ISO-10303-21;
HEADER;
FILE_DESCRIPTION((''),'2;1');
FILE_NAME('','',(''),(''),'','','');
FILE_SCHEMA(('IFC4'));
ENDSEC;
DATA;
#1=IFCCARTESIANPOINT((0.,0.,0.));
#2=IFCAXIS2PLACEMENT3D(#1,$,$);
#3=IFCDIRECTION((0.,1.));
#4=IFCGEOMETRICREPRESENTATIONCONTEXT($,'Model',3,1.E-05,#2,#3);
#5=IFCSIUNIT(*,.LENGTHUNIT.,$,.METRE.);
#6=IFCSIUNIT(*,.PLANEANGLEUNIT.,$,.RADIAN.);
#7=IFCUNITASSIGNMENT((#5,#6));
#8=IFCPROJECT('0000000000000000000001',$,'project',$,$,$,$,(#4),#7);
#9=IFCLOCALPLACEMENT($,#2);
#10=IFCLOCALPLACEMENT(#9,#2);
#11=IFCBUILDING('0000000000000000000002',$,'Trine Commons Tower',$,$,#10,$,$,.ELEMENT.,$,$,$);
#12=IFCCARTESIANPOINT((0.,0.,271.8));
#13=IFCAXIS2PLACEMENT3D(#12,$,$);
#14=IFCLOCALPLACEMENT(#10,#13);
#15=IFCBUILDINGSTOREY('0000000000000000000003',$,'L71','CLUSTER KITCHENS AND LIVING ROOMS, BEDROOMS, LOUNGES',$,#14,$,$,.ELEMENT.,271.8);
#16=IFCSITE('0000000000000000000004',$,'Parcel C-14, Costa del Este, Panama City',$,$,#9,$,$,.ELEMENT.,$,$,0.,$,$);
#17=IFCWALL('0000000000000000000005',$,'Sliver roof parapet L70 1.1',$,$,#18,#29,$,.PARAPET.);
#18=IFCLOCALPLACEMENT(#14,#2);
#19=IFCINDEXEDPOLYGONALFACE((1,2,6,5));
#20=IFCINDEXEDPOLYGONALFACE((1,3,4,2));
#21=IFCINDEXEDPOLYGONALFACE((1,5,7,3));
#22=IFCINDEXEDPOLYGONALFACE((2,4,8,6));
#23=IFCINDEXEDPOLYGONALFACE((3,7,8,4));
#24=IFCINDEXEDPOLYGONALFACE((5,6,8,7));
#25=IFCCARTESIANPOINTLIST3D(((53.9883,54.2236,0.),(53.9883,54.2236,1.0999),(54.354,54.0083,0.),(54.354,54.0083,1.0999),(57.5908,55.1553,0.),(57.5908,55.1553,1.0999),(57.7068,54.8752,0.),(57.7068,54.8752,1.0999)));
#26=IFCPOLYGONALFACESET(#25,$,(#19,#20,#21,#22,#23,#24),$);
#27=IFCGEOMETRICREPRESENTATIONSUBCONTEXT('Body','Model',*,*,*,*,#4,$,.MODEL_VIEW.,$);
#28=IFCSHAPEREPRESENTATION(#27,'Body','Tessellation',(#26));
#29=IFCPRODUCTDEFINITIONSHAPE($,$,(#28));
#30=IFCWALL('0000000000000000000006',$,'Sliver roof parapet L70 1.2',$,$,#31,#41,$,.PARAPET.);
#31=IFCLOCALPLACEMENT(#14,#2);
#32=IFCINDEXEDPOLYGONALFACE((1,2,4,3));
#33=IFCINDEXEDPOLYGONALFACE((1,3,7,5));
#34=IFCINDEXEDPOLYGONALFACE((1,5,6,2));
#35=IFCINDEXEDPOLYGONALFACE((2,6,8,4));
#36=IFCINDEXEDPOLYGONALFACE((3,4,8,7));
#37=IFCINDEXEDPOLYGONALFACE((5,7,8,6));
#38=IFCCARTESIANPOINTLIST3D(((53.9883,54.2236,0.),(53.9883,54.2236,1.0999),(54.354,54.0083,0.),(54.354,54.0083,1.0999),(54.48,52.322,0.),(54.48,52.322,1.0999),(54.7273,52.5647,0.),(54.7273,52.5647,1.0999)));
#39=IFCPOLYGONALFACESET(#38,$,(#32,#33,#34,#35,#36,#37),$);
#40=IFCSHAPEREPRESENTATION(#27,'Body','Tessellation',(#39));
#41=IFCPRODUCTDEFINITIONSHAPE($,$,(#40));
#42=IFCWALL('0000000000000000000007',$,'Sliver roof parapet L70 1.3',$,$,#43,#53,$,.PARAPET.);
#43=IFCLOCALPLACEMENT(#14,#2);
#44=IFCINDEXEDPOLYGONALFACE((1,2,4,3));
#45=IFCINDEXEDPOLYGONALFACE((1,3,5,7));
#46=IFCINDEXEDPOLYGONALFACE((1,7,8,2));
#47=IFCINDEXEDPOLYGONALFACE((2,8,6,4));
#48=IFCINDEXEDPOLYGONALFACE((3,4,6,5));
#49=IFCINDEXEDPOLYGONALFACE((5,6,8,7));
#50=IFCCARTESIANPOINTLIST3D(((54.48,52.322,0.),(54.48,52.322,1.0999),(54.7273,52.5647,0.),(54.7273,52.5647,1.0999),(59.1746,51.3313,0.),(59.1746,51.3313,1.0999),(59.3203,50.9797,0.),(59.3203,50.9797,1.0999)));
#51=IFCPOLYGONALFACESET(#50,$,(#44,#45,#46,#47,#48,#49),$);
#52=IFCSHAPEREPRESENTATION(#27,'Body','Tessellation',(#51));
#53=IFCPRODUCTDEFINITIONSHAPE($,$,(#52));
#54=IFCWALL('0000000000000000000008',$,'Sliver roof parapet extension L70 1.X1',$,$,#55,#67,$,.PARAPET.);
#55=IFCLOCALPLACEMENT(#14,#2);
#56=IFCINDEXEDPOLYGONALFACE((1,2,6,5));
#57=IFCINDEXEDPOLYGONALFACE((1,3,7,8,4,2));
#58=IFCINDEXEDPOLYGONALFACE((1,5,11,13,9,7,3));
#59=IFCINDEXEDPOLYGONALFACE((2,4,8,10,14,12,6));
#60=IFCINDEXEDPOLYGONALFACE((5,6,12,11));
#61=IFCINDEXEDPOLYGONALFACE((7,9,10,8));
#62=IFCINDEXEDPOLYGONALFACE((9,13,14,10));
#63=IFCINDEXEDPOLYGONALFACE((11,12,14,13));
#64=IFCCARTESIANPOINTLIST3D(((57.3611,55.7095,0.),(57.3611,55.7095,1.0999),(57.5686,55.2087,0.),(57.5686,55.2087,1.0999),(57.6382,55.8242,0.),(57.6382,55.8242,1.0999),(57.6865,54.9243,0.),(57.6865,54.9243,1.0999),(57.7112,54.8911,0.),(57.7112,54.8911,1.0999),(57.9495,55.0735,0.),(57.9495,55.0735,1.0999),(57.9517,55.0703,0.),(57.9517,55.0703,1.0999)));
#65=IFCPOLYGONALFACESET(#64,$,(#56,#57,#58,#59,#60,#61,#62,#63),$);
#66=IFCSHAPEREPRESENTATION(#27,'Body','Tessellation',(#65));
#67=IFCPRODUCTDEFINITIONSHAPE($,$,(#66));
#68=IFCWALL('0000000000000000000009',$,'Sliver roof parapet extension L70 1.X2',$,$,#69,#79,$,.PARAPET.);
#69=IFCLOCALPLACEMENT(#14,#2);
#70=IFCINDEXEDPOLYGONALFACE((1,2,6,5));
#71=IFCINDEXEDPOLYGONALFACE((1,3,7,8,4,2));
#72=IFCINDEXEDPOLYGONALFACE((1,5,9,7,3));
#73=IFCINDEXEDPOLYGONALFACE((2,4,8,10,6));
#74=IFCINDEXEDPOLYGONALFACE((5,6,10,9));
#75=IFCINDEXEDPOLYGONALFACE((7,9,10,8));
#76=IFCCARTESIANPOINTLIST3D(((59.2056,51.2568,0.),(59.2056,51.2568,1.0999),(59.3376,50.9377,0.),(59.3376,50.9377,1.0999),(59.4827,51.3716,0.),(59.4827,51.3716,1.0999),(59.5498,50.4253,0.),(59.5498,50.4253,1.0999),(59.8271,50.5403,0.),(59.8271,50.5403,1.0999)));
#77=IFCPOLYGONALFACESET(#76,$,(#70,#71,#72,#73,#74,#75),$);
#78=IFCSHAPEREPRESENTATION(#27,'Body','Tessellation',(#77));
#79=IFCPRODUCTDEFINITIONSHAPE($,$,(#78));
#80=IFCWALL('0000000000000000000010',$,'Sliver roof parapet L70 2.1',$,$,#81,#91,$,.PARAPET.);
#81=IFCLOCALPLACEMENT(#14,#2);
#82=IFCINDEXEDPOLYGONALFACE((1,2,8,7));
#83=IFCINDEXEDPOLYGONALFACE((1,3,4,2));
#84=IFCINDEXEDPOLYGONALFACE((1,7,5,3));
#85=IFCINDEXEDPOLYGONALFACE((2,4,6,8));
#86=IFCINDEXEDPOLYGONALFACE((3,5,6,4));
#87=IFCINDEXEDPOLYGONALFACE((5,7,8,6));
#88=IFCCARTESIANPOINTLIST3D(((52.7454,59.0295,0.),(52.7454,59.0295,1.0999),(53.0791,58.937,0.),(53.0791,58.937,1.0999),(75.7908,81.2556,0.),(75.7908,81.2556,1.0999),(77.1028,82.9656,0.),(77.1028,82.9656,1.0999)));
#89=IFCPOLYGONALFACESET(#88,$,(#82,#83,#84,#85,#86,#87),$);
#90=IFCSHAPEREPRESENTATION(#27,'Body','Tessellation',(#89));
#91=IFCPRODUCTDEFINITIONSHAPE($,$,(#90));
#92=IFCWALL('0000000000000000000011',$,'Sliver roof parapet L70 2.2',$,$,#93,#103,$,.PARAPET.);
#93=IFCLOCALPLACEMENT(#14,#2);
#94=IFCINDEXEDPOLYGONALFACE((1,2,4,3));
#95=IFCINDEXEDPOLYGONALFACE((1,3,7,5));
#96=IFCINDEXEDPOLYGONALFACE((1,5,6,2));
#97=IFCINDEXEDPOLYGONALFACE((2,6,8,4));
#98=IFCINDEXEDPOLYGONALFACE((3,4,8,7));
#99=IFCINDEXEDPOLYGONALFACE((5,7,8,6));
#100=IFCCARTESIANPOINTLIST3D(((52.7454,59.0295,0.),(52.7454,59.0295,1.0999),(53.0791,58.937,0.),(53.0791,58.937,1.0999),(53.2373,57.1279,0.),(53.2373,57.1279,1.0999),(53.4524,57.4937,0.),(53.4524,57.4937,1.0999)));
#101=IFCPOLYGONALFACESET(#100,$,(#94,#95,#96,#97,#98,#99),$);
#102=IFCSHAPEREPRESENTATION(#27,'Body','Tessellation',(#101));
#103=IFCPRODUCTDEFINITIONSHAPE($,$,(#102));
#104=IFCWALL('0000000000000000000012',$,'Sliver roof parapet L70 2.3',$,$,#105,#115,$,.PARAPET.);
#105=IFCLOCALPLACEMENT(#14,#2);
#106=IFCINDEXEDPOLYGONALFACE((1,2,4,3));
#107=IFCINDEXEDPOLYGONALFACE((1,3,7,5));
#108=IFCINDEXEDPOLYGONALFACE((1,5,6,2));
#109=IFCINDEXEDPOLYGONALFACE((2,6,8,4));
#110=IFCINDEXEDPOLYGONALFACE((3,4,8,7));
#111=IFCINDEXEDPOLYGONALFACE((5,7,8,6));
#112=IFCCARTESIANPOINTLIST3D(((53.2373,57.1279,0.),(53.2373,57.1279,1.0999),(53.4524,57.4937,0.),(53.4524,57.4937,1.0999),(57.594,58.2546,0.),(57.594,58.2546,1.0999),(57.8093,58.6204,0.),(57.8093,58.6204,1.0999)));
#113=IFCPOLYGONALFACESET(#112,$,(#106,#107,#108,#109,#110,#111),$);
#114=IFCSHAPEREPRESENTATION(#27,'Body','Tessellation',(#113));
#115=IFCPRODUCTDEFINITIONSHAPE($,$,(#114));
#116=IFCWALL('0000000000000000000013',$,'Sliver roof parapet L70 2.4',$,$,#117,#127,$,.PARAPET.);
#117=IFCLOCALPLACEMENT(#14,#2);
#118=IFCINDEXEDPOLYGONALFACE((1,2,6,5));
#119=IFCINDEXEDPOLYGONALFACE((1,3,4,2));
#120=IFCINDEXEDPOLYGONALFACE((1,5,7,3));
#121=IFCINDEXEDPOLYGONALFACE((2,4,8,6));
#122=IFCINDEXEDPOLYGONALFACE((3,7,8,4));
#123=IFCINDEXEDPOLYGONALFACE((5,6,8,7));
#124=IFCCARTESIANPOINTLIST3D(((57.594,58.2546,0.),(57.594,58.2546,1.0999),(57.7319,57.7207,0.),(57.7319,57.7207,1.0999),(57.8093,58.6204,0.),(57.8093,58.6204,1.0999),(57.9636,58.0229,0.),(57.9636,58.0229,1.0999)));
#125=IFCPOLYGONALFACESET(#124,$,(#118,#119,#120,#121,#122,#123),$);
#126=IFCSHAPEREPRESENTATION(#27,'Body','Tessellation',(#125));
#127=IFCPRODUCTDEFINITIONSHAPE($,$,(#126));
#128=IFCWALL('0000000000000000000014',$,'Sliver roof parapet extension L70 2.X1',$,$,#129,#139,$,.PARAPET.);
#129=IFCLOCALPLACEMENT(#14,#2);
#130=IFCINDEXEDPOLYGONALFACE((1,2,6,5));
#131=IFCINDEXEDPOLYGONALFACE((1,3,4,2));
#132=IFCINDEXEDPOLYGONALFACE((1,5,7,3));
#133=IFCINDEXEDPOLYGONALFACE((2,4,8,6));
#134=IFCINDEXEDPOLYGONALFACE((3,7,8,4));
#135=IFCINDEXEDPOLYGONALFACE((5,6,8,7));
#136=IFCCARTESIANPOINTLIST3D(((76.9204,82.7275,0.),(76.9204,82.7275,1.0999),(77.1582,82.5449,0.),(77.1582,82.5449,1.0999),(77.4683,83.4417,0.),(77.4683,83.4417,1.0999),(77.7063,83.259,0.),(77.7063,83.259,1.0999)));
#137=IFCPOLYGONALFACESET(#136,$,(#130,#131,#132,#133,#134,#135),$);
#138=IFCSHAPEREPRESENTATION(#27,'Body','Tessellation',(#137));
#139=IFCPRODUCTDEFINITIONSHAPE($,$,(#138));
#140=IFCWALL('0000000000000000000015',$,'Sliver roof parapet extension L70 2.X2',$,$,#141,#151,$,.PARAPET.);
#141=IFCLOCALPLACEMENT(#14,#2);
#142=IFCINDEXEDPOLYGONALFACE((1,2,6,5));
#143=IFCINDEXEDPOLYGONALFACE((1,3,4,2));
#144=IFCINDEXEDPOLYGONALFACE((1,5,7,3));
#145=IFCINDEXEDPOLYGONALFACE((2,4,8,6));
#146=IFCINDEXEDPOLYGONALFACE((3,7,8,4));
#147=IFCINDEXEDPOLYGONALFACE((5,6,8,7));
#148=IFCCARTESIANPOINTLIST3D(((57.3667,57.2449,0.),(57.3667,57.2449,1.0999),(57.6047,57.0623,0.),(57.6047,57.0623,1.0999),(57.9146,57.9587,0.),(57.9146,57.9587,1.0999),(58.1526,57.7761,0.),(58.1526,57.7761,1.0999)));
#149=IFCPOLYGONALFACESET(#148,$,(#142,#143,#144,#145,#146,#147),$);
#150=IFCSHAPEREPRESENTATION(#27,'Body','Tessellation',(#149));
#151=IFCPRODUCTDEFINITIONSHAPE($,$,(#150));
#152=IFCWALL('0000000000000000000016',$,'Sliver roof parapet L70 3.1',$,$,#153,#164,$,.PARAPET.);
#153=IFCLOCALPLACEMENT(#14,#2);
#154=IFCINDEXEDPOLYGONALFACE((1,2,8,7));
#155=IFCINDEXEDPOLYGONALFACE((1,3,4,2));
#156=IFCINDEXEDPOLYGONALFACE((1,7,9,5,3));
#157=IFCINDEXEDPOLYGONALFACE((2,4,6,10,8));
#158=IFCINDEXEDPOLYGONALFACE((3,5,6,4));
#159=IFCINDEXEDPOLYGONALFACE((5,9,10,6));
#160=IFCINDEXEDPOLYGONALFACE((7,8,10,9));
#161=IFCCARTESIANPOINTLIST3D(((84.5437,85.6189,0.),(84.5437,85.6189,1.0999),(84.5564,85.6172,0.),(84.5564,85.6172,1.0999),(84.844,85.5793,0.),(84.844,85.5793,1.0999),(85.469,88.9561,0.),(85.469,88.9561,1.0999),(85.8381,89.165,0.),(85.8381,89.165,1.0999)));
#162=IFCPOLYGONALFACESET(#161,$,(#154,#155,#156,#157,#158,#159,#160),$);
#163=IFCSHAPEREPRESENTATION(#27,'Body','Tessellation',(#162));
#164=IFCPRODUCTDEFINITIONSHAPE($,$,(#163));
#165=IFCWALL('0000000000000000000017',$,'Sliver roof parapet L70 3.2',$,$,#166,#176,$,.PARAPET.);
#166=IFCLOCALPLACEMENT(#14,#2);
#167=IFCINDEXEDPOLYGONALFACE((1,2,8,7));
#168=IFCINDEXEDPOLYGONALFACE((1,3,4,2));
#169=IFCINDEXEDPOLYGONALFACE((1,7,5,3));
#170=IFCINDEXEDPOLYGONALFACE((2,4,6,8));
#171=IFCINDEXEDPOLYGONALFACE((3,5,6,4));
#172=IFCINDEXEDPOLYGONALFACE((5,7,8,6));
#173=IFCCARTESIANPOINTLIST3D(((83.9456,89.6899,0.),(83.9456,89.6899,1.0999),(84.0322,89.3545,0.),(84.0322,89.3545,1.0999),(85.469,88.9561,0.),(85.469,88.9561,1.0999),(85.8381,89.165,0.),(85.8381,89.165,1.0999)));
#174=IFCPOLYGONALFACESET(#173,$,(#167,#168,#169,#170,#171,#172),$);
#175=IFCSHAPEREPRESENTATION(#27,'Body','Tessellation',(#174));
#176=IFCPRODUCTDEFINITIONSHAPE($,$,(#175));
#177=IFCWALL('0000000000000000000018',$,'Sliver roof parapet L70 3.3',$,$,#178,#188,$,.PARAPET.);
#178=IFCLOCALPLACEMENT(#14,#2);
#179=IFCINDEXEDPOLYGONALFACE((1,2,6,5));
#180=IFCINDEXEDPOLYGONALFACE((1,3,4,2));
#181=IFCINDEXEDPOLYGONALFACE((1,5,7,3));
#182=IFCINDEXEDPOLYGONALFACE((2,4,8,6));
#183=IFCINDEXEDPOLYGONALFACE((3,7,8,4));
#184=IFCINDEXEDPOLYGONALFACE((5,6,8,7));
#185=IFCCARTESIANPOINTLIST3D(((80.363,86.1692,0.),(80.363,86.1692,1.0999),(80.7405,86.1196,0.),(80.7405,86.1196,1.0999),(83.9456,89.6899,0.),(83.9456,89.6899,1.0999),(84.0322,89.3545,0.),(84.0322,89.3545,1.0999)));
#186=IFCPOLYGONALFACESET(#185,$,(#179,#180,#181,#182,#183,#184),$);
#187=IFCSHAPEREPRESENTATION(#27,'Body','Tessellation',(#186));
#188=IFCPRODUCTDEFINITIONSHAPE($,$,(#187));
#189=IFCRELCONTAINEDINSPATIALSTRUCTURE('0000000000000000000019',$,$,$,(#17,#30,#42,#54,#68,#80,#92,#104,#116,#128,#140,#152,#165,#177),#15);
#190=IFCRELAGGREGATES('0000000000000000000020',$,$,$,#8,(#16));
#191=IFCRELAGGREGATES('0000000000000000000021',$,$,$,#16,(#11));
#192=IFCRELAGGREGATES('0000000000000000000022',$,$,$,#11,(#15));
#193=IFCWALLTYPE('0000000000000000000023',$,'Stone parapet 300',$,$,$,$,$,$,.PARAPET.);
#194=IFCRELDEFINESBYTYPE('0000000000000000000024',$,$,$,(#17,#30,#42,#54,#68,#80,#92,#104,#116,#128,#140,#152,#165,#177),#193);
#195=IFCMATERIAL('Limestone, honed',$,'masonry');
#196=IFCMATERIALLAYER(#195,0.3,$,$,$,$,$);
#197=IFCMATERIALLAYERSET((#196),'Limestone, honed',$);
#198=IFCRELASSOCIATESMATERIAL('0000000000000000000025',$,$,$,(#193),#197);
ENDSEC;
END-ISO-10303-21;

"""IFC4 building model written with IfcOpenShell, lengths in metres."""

from ifc_helpers import new_model, si_unit, direction, frame, origin, place, context, subcontext, project, spatial, polyline, outline, extrude, material, layer, layer_set, type_object, element, save


model = new_model("IFC4")

# Units and contexts
model_context = context("Model", 3, precision=1e-05, world=origin(), true_north=direction((0.0, 1.0)))
body_context = subcontext(model_context, "Body", "Model", "MODEL_VIEW")
ifc_project = project(units=[si_unit("LENGTHUNIT", "METRE"), si_unit("PLANEANGLEUNIT", "RADIAN")], contexts=[model_context])

# Site, building, storey
site_placement = place(None, origin())
site = spatial("IfcSite", under=ifc_project, at=site_placement, Name="Parcel C-14, Costa del Este, Panama City", CompositionType="ELEMENT", RefElevation=0.0)
building_placement = place(site_placement, origin())
building = spatial("IfcBuilding", under=site, at=building_placement, Name="Trine Commons Tower", CompositionType="ELEMENT")
storey_placement = place(building_placement, frame((0.0, 0.0, 271.8)))
storey = spatial("IfcBuildingStorey", under=building, at=storey_placement, Name="L71", Description="CLUSTER KITCHENS AND LIVING ROOMS, BEDROOMS, LOUNGES", CompositionType="ELEMENT", Elevation=271.8)

# Walls
ifc_material_1 = material(Name="Limestone, honed", Category="masonry")
ifc_layer_1 = layer(ifc_material_1, 0.3)
ifc_layer_set_1 = layer_set([ifc_layer_1], Name="Limestone, honed")
wall_type = type_object("IfcWallType", Name="Stone parapet 300", PredefinedType="PARAPET", material=ifc_layer_set_1)
wall_1_placement = place(storey_placement, origin())
element("IfcWall", 1, at=wall_1_placement, inside=storey, type_object=wall_type, Name="Sliver roof parapet L70 1.1", PredefinedType="PARAPET", context=body_context, shape_type="SweptSolid", body=[
    extrude(outline(polyline([(57.5908, 55.1553), (53.9883, 54.2236), (54.354, 54.0083), (57.7068, 54.8752), (57.5908, 55.1553)])), origin(), (0.0, 0.0, 1.0), 1.0999),
])
wall_2_placement = place(storey_placement, origin())
element("IfcWall", 2, at=wall_2_placement, inside=storey, type_object=wall_type, Name="Sliver roof parapet L70 1.2", PredefinedType="PARAPET", context=body_context, shape_type="SweptSolid", body=[
    extrude(outline(polyline([(53.9883, 54.2236), (54.48, 52.322), (54.7273, 52.5647), (54.354, 54.0083), (53.9883, 54.2236)])), origin(), (0.0, 0.0, 1.0), 1.0999),
])
wall_3_placement = place(storey_placement, origin())
element("IfcWall", 3, at=wall_3_placement, inside=storey, type_object=wall_type, Name="Sliver roof parapet L70 1.3", PredefinedType="PARAPET", context=body_context, shape_type="SweptSolid", body=[
    extrude(outline(polyline([(54.48, 52.322), (59.3203, 50.9797), (59.1746, 51.3313), (54.7273, 52.5647), (54.48, 52.322)])), origin(), (0.0, 0.0, 1.0), 1.0999),
])
wall_4_placement = place(storey_placement, origin())
element("IfcWall", 4, at=wall_4_placement, inside=storey, type_object=wall_type, Name="Sliver roof parapet extension L70 1.X1", PredefinedType="PARAPET", context=body_context, shape_type="SweptSolid", body=[
    extrude(outline(polyline([(57.5686, 55.2087), (57.6865, 54.9243), (57.7112, 54.8911), (57.7112, 54.8911), (57.9517, 55.0703), (57.9495, 55.0735), (57.6382, 55.8242), (57.3611, 55.7095), (57.5686, 55.2087)])), origin(), (0.0, 0.0, 1.0), 1.0999),
])
wall_5_placement = place(storey_placement, origin())
element("IfcWall", 5, at=wall_5_placement, inside=storey, type_object=wall_type, Name="Sliver roof parapet extension L70 1.X2", PredefinedType="PARAPET", context=body_context, shape_type="SweptSolid", body=[
    extrude(outline(polyline([(59.5498, 50.4253), (59.8271, 50.5403), (59.4827, 51.3716), (59.2056, 51.2568), (59.3376, 50.9377), (59.5498, 50.4253)])), origin(), (0.0, 0.0, 1.0), 1.0999),
])
wall_6_placement = place(storey_placement, origin())
element("IfcWall", 6, at=wall_6_placement, inside=storey, type_object=wall_type, Name="Sliver roof parapet L70 2.1", PredefinedType="PARAPET", context=body_context, shape_type="SweptSolid", body=[
    extrude(outline(polyline([(77.1028, 82.9656), (52.7454, 59.0295), (53.0791, 58.937), (75.7908, 81.2556), (77.1028, 82.9656)])), origin(), (0.0, 0.0, 1.0), 1.0999),
])
wall_7_placement = place(storey_placement, origin())
element("IfcWall", 7, at=wall_7_placement, inside=storey, type_object=wall_type, Name="Sliver roof parapet L70 2.2", PredefinedType="PARAPET", context=body_context, shape_type="SweptSolid", body=[
    extrude(outline(polyline([(52.7454, 59.0295), (53.2373, 57.1279), (53.4524, 57.4937), (53.0791, 58.937), (52.7454, 59.0295)])), origin(), (0.0, 0.0, 1.0), 1.0999),
])
wall_8_placement = place(storey_placement, origin())
element("IfcWall", 8, at=wall_8_placement, inside=storey, type_object=wall_type, Name="Sliver roof parapet L70 2.3", PredefinedType="PARAPET", context=body_context, shape_type="SweptSolid", body=[
    extrude(outline(polyline([(53.2373, 57.1279), (57.594, 58.2546), (57.8093, 58.6204), (53.4524, 57.4937), (53.2373, 57.1279)])), origin(), (0.0, 0.0, 1.0), 1.0999),
])
wall_9_placement = place(storey_placement, origin())
element("IfcWall", 9, at=wall_9_placement, inside=storey, type_object=wall_type, Name="Sliver roof parapet L70 2.4", PredefinedType="PARAPET", context=body_context, shape_type="SweptSolid", body=[
    extrude(outline(polyline([(57.594, 58.2546), (57.7319, 57.7207), (57.9636, 58.0229), (57.8093, 58.6204), (57.594, 58.2546)])), origin(), (0.0, 0.0, 1.0), 1.0999),
])
wall_10_placement = place(storey_placement, origin())
element("IfcWall", 10, at=wall_10_placement, inside=storey, type_object=wall_type, Name="Sliver roof parapet extension L70 2.X1", PredefinedType="PARAPET", context=body_context, shape_type="SweptSolid", body=[
    extrude(outline(polyline([(77.7063, 83.259), (77.4683, 83.4417), (76.9204, 82.7275), (77.1582, 82.5449), (77.7063, 83.259)])), origin(), (0.0, 0.0, 1.0), 1.0999),
])
wall_11_placement = place(storey_placement, origin())
element("IfcWall", 11, at=wall_11_placement, inside=storey, type_object=wall_type, Name="Sliver roof parapet extension L70 2.X2", PredefinedType="PARAPET", context=body_context, shape_type="SweptSolid", body=[
    extrude(outline(polyline([(58.1526, 57.7761), (57.9146, 57.9587), (57.3667, 57.2449), (57.6047, 57.0623), (58.1526, 57.7761)])), origin(), (0.0, 0.0, 1.0), 1.0999),
])
wall_12_placement = place(storey_placement, origin())
element("IfcWall", 12, at=wall_12_placement, inside=storey, type_object=wall_type, Name="Sliver roof parapet L70 3.1", PredefinedType="PARAPET", context=body_context, shape_type="SweptSolid", body=[
    extrude(outline(polyline([(84.844, 85.5793), (85.8381, 89.165), (85.469, 88.9561), (84.5437, 85.6189), (84.5564, 85.6172), (84.844, 85.5793)])), origin(), (0.0, 0.0, 1.0), 1.0999),
])
wall_13_placement = place(storey_placement, origin())
element("IfcWall", 13, at=wall_13_placement, inside=storey, type_object=wall_type, Name="Sliver roof parapet L70 3.2", PredefinedType="PARAPET", context=body_context, shape_type="SweptSolid", body=[
    extrude(outline(polyline([(85.8381, 89.165), (83.9456, 89.6899), (84.0322, 89.3545), (85.469, 88.9561), (85.8381, 89.165)])), origin(), (0.0, 0.0, 1.0), 1.0999),
])
wall_14_placement = place(storey_placement, origin())
element("IfcWall", 14, at=wall_14_placement, inside=storey, type_object=wall_type, Name="Sliver roof parapet L70 3.3", PredefinedType="PARAPET", context=body_context, shape_type="SweptSolid", body=[
    extrude(outline(polyline([(83.9456, 89.6899), (80.363, 86.1692), (80.7405, 86.1196), (84.0322, 89.3545), (83.9456, 89.6899)])), origin(), (0.0, 0.0, 1.0), 1.0999),
])

save(model, "model.ifc")
